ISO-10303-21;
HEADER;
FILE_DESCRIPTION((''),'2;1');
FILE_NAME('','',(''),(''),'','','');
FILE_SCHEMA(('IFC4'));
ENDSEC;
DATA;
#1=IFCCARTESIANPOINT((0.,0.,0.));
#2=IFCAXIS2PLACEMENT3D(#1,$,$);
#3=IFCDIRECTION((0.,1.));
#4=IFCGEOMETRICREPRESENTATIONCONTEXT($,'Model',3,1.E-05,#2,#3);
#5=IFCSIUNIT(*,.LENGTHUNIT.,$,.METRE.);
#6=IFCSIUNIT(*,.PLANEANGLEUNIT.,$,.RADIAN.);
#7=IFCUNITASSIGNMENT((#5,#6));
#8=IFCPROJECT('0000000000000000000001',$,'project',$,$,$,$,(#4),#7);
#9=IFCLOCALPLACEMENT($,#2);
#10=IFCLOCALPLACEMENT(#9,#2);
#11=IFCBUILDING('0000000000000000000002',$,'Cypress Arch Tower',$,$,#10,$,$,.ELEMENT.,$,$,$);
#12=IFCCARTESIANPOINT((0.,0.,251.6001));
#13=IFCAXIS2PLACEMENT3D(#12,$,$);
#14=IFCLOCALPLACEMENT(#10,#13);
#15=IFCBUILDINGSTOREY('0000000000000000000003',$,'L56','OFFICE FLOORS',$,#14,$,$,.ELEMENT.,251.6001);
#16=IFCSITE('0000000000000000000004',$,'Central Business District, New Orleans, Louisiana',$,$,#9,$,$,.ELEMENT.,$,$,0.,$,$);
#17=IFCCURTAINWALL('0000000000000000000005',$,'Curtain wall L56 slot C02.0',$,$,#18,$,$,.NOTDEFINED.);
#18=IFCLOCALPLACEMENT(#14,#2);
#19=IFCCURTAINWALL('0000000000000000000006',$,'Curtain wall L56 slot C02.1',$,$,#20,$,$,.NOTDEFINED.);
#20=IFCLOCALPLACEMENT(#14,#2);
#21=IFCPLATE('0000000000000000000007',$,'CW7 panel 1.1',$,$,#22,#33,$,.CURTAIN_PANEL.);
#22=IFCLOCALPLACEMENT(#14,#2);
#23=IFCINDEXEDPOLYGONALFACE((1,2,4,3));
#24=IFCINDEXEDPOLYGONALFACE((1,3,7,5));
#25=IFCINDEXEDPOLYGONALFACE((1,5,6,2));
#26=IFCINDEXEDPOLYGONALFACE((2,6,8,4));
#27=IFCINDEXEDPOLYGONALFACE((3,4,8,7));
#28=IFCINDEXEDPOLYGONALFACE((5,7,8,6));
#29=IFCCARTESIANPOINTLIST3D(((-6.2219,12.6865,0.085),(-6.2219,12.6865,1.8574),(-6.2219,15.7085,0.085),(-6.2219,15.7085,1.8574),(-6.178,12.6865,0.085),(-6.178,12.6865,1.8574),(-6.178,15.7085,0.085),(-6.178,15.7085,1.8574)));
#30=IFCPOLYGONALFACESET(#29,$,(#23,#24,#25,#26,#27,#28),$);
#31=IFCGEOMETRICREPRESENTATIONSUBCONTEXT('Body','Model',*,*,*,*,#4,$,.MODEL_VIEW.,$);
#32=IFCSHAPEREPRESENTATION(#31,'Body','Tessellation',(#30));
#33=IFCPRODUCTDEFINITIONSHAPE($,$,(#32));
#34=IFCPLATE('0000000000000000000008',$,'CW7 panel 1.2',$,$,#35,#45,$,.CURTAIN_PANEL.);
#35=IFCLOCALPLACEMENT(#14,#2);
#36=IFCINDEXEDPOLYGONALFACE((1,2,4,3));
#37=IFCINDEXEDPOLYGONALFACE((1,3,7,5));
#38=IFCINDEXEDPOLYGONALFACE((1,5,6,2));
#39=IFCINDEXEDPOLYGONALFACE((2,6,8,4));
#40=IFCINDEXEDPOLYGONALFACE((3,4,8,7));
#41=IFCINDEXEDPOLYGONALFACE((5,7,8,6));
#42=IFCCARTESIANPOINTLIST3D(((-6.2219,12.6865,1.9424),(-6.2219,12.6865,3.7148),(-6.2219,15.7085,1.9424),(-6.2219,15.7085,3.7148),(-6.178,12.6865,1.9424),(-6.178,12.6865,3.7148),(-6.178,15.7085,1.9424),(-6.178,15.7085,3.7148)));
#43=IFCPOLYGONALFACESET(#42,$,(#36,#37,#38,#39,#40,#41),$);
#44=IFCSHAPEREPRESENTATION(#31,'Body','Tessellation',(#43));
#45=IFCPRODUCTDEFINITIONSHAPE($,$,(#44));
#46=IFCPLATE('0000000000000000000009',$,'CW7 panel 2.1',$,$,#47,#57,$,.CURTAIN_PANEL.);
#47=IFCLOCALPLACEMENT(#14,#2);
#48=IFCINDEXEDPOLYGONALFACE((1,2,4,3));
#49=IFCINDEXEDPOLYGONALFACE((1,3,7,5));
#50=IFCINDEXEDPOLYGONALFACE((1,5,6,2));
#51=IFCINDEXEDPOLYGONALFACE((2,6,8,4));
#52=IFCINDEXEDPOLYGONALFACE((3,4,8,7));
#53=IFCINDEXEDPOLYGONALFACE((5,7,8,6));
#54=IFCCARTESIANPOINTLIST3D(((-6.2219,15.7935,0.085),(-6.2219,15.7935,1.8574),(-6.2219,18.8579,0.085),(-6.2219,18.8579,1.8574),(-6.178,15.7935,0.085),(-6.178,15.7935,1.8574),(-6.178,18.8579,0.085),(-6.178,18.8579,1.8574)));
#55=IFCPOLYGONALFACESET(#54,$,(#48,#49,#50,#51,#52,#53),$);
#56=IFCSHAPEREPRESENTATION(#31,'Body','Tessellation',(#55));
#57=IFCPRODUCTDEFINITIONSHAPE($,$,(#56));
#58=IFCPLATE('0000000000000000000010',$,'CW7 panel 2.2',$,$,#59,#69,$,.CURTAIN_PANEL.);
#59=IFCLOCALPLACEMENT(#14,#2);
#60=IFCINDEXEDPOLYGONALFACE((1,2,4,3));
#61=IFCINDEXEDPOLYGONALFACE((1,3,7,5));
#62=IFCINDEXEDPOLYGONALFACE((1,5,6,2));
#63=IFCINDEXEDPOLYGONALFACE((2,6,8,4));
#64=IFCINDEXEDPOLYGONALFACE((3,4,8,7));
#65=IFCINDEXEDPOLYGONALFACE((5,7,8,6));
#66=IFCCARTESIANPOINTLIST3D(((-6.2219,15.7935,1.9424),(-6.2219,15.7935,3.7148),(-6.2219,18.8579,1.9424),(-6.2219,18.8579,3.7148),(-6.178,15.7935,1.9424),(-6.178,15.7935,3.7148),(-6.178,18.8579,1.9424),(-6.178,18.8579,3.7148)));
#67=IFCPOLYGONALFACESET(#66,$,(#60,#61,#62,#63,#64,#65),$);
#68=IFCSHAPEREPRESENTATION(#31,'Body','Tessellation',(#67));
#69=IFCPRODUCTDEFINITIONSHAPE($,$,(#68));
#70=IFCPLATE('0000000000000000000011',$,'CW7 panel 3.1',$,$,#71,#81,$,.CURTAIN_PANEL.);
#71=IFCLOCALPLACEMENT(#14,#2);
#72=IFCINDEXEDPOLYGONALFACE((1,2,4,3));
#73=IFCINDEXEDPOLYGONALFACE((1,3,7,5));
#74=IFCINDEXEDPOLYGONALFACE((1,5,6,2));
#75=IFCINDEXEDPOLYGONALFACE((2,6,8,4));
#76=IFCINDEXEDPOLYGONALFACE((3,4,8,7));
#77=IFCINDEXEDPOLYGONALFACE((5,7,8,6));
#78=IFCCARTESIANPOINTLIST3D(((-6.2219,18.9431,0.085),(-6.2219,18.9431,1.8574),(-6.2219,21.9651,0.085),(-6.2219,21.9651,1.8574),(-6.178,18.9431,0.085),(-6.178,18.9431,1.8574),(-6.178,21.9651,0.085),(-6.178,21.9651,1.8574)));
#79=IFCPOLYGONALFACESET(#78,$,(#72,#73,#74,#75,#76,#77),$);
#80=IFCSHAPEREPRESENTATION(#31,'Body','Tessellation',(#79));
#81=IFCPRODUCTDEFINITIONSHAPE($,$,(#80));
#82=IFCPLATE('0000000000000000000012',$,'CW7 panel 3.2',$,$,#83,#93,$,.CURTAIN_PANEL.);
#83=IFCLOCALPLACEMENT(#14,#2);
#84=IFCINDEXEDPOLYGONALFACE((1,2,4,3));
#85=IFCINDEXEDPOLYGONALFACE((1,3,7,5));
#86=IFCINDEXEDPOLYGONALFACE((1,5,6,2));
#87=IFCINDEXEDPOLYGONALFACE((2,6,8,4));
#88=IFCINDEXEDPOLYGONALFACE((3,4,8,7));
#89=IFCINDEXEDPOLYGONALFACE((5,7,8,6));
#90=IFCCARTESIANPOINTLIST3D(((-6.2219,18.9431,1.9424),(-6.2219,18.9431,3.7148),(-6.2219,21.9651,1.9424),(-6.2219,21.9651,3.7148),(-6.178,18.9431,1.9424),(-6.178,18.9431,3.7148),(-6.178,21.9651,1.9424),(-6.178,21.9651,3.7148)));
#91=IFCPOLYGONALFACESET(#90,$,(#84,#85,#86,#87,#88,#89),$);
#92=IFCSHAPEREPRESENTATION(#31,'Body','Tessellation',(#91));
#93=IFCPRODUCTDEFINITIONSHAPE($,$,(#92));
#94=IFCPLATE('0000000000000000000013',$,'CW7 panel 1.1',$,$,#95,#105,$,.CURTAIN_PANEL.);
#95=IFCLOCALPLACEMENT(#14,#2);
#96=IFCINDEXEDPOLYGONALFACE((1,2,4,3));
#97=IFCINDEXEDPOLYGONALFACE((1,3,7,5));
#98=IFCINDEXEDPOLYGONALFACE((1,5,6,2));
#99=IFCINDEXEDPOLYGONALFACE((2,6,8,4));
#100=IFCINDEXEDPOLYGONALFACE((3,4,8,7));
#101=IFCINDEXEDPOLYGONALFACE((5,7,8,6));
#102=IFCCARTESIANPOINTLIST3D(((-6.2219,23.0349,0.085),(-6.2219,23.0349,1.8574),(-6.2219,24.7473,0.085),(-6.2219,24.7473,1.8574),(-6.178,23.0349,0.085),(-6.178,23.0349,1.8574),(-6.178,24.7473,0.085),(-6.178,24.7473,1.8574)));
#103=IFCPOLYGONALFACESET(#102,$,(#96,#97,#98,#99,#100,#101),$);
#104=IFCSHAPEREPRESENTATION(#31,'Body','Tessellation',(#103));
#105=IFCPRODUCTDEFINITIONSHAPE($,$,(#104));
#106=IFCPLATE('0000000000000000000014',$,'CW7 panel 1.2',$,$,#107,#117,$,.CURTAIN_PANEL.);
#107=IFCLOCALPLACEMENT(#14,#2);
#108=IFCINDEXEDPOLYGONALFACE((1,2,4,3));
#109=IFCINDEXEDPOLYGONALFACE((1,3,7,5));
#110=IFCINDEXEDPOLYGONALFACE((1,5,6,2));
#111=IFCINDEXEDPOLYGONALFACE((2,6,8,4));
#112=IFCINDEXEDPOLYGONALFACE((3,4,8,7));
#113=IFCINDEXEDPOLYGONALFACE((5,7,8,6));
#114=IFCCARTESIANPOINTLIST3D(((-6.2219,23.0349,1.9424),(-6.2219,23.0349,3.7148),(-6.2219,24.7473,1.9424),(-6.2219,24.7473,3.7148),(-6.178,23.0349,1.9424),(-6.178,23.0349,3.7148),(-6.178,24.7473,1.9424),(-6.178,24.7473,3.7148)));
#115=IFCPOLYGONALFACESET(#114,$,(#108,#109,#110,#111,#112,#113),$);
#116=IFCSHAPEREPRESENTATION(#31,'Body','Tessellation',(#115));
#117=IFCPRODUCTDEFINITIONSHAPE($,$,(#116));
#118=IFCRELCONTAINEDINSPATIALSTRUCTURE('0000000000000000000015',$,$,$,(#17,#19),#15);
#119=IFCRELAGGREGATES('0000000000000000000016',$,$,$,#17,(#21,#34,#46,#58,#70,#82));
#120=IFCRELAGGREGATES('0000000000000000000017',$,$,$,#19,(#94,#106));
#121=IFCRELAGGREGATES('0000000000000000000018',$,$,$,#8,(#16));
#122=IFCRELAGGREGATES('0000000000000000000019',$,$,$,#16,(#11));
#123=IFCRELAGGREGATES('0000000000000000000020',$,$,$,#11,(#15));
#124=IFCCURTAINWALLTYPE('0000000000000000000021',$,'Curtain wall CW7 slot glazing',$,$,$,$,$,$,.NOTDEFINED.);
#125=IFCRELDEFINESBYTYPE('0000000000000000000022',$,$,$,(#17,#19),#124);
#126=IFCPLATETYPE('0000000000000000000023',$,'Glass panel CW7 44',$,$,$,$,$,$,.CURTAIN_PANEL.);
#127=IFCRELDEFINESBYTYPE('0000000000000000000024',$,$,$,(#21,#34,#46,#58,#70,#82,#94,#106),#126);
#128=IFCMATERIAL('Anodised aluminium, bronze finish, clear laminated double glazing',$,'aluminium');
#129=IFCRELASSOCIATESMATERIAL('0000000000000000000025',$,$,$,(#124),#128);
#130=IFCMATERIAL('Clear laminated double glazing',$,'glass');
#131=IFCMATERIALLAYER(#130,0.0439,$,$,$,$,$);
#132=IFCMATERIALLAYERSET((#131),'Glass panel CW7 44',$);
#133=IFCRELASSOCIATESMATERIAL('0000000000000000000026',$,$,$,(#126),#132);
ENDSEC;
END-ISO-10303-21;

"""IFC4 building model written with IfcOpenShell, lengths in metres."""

from ifc_helpers import new_model, si_unit, direction, frame, origin, origin_2d, place, context, subcontext, project, spatial, rectangle, extrude, material, layer, layer_set, type_object, element, aggregate, save


model = new_model("IFC4")

# Units and contexts
model_context = context("Model", 3, precision=1e-05, world=origin(), true_north=direction((0.0, 1.0)))
body_context = subcontext(model_context, "Body", "Model", "MODEL_VIEW")
ifc_project = project(units=[si_unit("LENGTHUNIT", "METRE"), si_unit("PLANEANGLEUNIT", "RADIAN")], contexts=[model_context])

# Site, building, storey
site_placement = place(None, origin())
site = spatial("IfcSite", under=ifc_project, at=site_placement, Name="Central Business District, New Orleans, Louisiana", CompositionType="ELEMENT", RefElevation=0.0)
building_placement = place(site_placement, origin())
building = spatial("IfcBuilding", under=site, at=building_placement, Name="Cypress Arch Tower", CompositionType="ELEMENT")
storey_placement = place(building_placement, frame((0.0, 0.0, 251.6001)))
storey = spatial("IfcBuildingStorey", under=building, at=storey_placement, Name="L56", Description="OFFICE FLOORS", CompositionType="ELEMENT", Elevation=251.6001)

# Shared definitions
ifc_material_1 = material(Name="Anodised aluminium, bronze finish, clear laminated double glazing", Category="aluminium")
curtain_wall_type = type_object("IfcCurtainWallType", Name="Curtain wall CW7 slot glazing", PredefinedType="NOTDEFINED", material=ifc_material_1)

# Curtain walls
curtain_wall_1_placement = place(storey_placement, origin())
curtain_wall_1 = element("IfcCurtainWall", 1, at=curtain_wall_1_placement, inside=storey, type_object=curtain_wall_type, Name="Curtain wall L56 slot C02.0", PredefinedType="NOTDEFINED")
curtain_wall_2_placement = place(storey_placement, origin())
curtain_wall_2 = element("IfcCurtainWall", 2, at=curtain_wall_2_placement, inside=storey, type_object=curtain_wall_type, Name="Curtain wall L56 slot C02.1", PredefinedType="NOTDEFINED")

# Plates
ifc_material_2 = material(Name="Clear laminated double glazing", Category="glass")
ifc_layer = layer(ifc_material_2, 0.0439)
ifc_layer_set = layer_set([ifc_layer], Name="Glass panel CW7 44")
plate_type = type_object("IfcPlateType", Name="Glass panel CW7 44", PredefinedType="CURTAIN_PANEL", material=ifc_layer_set)
plate_1_placement = place(storey_placement, frame((-6.2, 14.1975, 0.085), z_axis=(0.0, 0.0, 1.0), x_axis=(0.0, 1.0, 0.0)))
plate_1 = element("IfcPlate", 3, at=plate_1_placement, type_object=plate_type, Name="CW7 panel 1.1", PredefinedType="CURTAIN_PANEL", context=body_context, shape_type="SweptSolid", body=[
    extrude(rectangle(XDim=3.022, YDim=0.0439, at=origin_2d()), origin(), (0.0, 0.0, 1.0), 1.7725),
])
plate_2_placement = place(storey_placement, frame((-6.2, 14.1975, 1.9424), z_axis=(0.0, 0.0, 1.0), x_axis=(0.0, 1.0, 0.0)))
plate_2 = element("IfcPlate", 4, at=plate_2_placement, type_object=plate_type, Name="CW7 panel 1.2", PredefinedType="CURTAIN_PANEL", context=body_context, shape_type="SweptSolid", body=[
    extrude(rectangle(XDim=3.022, YDim=0.0439, at=origin_2d()), origin(), (0.0, 0.0, 1.0), 1.7725),
])
plate_3_placement = place(storey_placement, frame((-6.2, 17.3257, 0.085), z_axis=(0.0, 0.0, 1.0), x_axis=(0.0, 1.0, 0.0)))
plate_3 = element("IfcPlate", 5, at=plate_3_placement, type_object=plate_type, Name="CW7 panel 2.1", PredefinedType="CURTAIN_PANEL", context=body_context, shape_type="SweptSolid", body=[
    extrude(rectangle(XDim=3.0645, YDim=0.0439, at=origin_2d()), origin(), (0.0, 0.0, 1.0), 1.7725),
])
plate_4_placement = place(storey_placement, frame((-6.2, 17.3257, 1.9424), z_axis=(0.0, 0.0, 1.0), x_axis=(0.0, 1.0, 0.0)))
plate_4 = element("IfcPlate", 6, at=plate_4_placement, type_object=plate_type, Name="CW7 panel 2.2", PredefinedType="CURTAIN_PANEL", context=body_context, shape_type="SweptSolid", body=[
    extrude(rectangle(XDim=3.0645, YDim=0.0439, at=origin_2d()), origin(), (0.0, 0.0, 1.0), 1.7725),
])
plate_5_placement = place(storey_placement, frame((-6.2, 20.4541, 0.085), z_axis=(0.0, 0.0, 1.0), x_axis=(0.0, 1.0, 0.0)))
plate_5 = element("IfcPlate", 7, at=plate_5_placement, type_object=plate_type, Name="CW7 panel 3.1", PredefinedType="CURTAIN_PANEL", context=body_context, shape_type="SweptSolid", body=[
    extrude(rectangle(XDim=3.022, YDim=0.0439, at=origin_2d()), origin(), (0.0, 0.0, 1.0), 1.7725),
])
plate_6_placement = place(storey_placement, frame((-6.2, 20.4541, 1.9424), z_axis=(0.0, 0.0, 1.0), x_axis=(0.0, 1.0, 0.0)))
plate_6 = element("IfcPlate", 8, at=plate_6_placement, type_object=plate_type, Name="CW7 panel 3.2", PredefinedType="CURTAIN_PANEL", context=body_context, shape_type="SweptSolid", body=[
    extrude(rectangle(XDim=3.022, YDim=0.0439, at=origin_2d()), origin(), (0.0, 0.0, 1.0), 1.7725),
])
aggregate(curtain_wall_1, [plate_1, plate_2, plate_3, plate_4, plate_5, plate_6])
plate_7_placement = place(storey_placement, frame((-6.2, 23.8911, 0.085), z_axis=(0.0, 0.0, 1.0), x_axis=(0.0, 1.0, 0.0)))
plate_7 = element("IfcPlate", 9, at=plate_7_placement, type_object=plate_type, Name="CW7 panel 1.1", PredefinedType="CURTAIN_PANEL", context=body_context, shape_type="SweptSolid", body=[
    extrude(rectangle(XDim=1.7124, YDim=0.0439, at=origin_2d()), origin(), (0.0, 0.0, 1.0), 1.7725),
])
plate_8_placement = place(storey_placement, frame((-6.2, 23.8911, 1.9424), z_axis=(0.0, 0.0, 1.0), x_axis=(0.0, 1.0, 0.0)))
plate_8 = element("IfcPlate", 10, at=plate_8_placement, type_object=plate_type, Name="CW7 panel 1.2", PredefinedType="CURTAIN_PANEL", context=body_context, shape_type="SweptSolid", body=[
    extrude(rectangle(XDim=1.7124, YDim=0.0439, at=origin_2d()), origin(), (0.0, 0.0, 1.0), 1.7725),
])
aggregate(curtain_wall_2, [plate_7, plate_8])

save(model, "model.ifc")
